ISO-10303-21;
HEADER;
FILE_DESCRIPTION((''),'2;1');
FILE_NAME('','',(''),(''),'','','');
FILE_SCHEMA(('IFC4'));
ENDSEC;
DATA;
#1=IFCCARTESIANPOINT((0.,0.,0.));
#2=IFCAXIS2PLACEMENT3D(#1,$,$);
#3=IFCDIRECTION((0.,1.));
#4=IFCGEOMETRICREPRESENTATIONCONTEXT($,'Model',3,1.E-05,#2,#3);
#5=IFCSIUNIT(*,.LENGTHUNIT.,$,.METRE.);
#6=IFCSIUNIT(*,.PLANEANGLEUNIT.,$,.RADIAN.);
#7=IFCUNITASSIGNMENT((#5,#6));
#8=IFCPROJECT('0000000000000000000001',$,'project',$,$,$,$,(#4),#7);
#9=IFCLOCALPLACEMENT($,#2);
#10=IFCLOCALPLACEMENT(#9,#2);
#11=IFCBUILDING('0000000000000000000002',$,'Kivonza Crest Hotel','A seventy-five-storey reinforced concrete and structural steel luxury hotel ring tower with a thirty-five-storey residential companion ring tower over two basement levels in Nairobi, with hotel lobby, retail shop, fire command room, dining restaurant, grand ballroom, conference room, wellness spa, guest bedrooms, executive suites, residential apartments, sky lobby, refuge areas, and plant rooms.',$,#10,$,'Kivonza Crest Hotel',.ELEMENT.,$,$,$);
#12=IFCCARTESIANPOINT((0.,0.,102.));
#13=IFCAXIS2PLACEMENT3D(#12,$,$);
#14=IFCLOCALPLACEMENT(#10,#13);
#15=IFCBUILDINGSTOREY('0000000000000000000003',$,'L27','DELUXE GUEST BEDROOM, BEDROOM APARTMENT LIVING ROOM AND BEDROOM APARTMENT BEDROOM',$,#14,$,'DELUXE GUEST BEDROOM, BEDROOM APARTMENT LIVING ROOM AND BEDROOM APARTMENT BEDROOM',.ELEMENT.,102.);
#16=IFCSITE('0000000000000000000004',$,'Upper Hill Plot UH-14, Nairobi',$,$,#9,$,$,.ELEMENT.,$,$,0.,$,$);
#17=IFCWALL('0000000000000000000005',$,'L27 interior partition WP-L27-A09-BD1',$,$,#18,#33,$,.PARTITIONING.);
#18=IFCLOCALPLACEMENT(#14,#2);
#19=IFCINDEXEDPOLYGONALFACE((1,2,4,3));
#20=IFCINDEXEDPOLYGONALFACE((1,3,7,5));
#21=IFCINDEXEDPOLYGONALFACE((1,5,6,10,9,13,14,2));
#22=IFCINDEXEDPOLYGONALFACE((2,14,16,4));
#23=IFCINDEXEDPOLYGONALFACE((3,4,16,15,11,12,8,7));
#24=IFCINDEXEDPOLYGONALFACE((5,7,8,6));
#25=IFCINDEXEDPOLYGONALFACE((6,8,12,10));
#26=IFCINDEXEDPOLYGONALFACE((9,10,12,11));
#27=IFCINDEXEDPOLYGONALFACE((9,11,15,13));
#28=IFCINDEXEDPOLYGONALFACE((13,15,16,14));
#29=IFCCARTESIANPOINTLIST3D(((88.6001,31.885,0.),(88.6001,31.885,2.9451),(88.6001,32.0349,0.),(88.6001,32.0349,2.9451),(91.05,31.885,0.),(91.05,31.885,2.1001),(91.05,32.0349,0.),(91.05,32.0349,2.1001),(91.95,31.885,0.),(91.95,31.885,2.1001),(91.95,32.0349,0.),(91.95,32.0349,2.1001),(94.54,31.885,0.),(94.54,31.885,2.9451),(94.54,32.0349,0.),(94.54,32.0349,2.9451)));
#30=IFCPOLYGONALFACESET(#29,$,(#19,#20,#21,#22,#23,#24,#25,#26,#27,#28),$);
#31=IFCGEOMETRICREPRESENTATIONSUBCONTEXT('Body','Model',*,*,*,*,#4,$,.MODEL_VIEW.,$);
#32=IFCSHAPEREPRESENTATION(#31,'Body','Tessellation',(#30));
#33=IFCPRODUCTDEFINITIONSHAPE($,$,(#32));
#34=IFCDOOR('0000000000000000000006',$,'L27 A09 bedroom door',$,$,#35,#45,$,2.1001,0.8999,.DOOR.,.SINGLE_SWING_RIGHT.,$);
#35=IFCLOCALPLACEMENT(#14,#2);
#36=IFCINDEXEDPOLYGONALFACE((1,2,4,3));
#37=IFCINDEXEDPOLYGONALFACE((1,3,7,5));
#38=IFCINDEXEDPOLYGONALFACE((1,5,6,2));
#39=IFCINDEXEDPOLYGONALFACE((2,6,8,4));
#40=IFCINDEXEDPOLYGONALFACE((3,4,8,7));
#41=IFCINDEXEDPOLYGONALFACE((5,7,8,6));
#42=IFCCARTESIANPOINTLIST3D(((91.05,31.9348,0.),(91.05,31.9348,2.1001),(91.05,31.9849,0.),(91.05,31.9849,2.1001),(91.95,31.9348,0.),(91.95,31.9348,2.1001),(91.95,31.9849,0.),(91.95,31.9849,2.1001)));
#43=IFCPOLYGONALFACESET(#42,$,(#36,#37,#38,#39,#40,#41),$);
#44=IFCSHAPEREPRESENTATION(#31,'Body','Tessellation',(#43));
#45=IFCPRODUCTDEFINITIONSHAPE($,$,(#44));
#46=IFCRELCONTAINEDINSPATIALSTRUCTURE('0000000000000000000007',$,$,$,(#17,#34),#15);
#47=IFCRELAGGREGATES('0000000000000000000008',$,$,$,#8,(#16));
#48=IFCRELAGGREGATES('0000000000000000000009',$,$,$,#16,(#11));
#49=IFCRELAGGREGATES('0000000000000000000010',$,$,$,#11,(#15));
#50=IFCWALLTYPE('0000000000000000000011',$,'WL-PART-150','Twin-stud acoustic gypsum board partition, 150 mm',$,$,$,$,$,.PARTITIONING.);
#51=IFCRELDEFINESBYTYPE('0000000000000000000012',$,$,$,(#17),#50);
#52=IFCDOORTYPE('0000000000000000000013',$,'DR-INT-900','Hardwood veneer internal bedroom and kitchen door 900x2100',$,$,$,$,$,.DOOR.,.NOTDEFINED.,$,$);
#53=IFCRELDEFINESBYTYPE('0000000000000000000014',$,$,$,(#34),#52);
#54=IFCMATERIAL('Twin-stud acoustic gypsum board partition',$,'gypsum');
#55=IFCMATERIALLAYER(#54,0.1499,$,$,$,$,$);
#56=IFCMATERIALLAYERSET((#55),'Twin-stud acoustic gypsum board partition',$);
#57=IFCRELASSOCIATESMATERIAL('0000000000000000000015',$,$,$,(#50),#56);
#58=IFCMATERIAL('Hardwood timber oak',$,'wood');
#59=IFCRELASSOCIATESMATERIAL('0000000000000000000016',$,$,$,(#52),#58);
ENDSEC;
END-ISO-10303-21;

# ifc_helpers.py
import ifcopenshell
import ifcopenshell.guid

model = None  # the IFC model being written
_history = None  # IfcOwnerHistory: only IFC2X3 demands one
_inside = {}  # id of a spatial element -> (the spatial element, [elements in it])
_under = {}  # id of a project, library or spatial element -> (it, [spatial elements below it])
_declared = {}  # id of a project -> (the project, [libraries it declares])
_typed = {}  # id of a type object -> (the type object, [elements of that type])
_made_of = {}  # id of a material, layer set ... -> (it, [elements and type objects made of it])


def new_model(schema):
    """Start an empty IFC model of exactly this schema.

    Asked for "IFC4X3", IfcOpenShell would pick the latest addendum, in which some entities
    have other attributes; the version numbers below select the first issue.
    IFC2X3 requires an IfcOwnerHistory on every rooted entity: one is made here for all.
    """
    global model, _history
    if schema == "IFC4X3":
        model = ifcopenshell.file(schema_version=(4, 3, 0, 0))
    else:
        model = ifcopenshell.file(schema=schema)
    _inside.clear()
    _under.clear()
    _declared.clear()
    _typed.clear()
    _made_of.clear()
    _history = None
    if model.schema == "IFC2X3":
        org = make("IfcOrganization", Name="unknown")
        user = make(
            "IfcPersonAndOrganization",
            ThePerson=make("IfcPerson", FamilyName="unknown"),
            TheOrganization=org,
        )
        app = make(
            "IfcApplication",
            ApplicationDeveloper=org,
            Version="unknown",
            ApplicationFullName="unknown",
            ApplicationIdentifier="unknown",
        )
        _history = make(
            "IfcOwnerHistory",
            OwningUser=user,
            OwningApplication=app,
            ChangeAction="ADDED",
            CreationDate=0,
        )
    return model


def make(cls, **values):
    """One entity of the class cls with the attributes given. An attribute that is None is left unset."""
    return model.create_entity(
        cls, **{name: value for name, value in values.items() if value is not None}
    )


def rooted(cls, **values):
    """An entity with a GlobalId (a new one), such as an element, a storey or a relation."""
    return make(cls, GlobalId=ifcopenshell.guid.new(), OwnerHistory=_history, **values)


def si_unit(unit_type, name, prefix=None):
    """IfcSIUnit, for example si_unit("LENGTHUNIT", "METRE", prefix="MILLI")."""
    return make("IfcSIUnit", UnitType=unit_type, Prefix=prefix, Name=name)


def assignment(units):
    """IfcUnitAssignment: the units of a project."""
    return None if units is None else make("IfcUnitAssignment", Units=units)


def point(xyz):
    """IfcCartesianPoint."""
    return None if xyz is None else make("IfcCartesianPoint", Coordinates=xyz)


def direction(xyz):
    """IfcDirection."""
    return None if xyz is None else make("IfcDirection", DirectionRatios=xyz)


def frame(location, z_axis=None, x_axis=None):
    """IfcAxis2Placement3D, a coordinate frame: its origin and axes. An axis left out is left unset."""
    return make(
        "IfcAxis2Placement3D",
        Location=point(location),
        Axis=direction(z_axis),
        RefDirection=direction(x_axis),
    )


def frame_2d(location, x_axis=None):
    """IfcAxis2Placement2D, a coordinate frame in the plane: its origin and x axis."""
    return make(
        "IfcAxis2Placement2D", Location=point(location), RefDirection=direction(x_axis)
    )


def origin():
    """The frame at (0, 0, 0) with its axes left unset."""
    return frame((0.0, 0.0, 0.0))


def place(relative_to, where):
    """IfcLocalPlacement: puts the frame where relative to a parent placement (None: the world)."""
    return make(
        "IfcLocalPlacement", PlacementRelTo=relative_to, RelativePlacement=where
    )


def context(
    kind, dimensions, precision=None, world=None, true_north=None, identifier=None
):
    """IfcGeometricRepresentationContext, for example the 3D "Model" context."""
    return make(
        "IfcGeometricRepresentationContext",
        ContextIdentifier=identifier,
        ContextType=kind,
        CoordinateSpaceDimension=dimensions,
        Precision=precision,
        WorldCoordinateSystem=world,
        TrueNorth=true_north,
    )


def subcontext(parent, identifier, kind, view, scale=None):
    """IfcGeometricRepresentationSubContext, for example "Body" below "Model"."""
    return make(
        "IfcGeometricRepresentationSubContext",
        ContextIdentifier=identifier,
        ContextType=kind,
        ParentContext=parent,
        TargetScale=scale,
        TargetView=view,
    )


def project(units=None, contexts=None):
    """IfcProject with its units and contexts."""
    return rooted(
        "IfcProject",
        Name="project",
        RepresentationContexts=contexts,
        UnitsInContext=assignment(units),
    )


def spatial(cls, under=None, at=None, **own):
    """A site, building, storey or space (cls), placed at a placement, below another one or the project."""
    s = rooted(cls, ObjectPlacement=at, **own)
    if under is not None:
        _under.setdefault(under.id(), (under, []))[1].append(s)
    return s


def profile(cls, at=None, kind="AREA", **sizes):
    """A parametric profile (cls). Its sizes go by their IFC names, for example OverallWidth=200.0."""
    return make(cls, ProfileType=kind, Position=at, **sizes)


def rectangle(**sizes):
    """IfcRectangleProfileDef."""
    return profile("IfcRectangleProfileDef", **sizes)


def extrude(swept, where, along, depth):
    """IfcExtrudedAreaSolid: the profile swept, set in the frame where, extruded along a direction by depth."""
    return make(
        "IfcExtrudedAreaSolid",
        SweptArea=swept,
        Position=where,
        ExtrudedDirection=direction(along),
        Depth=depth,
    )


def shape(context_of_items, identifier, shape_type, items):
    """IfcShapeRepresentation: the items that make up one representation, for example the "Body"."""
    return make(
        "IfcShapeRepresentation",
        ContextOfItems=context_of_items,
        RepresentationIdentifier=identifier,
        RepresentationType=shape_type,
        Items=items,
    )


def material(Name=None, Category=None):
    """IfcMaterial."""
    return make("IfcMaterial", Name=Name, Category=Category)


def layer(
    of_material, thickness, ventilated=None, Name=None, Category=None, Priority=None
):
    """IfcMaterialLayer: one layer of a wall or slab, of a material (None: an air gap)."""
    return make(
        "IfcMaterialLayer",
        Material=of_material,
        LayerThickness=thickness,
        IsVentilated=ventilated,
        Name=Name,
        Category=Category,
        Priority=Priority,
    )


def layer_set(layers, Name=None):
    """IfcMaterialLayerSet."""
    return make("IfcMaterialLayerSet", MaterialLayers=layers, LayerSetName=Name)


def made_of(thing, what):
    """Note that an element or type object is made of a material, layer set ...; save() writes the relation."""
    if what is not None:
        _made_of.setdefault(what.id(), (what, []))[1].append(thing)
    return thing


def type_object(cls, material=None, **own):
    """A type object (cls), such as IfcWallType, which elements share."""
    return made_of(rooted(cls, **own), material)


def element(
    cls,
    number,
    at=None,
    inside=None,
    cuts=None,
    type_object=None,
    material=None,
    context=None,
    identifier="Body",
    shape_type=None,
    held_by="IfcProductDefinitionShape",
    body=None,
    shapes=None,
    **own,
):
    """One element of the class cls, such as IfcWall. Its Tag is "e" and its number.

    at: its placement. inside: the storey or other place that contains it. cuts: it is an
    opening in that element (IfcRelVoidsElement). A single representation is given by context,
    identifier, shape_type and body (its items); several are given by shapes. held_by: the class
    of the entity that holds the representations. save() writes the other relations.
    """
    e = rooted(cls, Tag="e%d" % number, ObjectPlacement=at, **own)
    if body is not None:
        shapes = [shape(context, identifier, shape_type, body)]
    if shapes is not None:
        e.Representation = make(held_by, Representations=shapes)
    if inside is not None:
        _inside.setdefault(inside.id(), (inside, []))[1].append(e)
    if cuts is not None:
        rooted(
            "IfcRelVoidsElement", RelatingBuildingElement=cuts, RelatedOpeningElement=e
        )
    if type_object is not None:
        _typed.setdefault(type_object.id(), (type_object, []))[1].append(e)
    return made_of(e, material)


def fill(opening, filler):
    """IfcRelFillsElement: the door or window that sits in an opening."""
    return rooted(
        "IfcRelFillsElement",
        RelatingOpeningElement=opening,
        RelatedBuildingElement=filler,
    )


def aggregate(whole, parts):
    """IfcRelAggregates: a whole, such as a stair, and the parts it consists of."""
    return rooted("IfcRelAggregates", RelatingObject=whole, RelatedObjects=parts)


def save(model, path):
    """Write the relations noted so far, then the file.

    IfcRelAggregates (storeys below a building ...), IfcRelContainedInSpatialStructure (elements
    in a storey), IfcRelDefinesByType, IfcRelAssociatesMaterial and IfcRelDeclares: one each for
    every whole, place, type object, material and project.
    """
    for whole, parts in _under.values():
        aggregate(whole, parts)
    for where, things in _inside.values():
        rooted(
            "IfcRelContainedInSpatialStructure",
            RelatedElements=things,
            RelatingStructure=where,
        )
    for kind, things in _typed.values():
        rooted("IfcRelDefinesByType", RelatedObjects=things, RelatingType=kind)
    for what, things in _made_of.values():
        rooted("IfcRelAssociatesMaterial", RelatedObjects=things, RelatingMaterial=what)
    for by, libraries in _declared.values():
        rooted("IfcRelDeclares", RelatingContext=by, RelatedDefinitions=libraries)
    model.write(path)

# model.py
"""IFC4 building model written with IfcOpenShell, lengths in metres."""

from ifc_helpers import new_model, si_unit, direction, frame, frame_2d, origin, place, context, subcontext, project, spatial, rectangle, extrude, material, layer, layer_set, type_object, element, fill, save


model = new_model("IFC4")

# Units and contexts
model_context = context("Model", 3, precision=1e-05, world=origin(), true_north=direction((0.0, 1.0)))
body_context = subcontext(model_context, "Body", "Model", "MODEL_VIEW")
ifc_project = project(units=[si_unit("LENGTHUNIT", "METRE"), si_unit("PLANEANGLEUNIT", "RADIAN")], contexts=[model_context])

# Site, building, storey
site_placement = place(None, origin())
site = spatial("IfcSite", under=ifc_project, at=site_placement, Name="Upper Hill Plot UH-14, Nairobi", CompositionType="ELEMENT", RefElevation=0.0)
building_placement = place(site_placement, origin())
building = spatial("IfcBuilding", under=site, at=building_placement, Name="Kivonza Crest Hotel", Description="A seventy-five-storey reinforced concrete and structural steel luxury hotel ring tower with a thirty-five-storey residential companion ring tower over two basement levels in Nairobi, with hotel lobby, retail shop, fire command room, dining restaurant, grand ballroom, conference room, wellness spa, guest bedrooms, executive suites, residential apartments, sky lobby, refuge areas, and plant rooms.", LongName="Kivonza Crest Hotel", CompositionType="ELEMENT")
storey_placement = place(building_placement, frame((0.0, 0.0, 102.0)))
storey = spatial("IfcBuildingStorey", under=building, at=storey_placement, Name="L27", Description="DELUXE GUEST BEDROOM, BEDROOM APARTMENT LIVING ROOM AND BEDROOM APARTMENT BEDROOM", LongName="DELUXE GUEST BEDROOM, BEDROOM APARTMENT LIVING ROOM AND BEDROOM APARTMENT BEDROOM", CompositionType="ELEMENT", Elevation=102.0)

# Shared definitions
ifc_material_1 = material(Name="Hardwood timber oak", Category="wood")

# Shared definitions
ifc_material_2 = material(Name="Twin-stud acoustic gypsum board partition", Category="gypsum")
ifc_layer_1 = layer(ifc_material_2, 0.1499)
ifc_layer_set_1 = layer_set([ifc_layer_1], Name="Twin-stud acoustic gypsum board partition")
wall_type_1 = type_object("IfcWallType", Name="WL-PART-150", Description="Twin-stud acoustic gypsum board partition, 150 mm", PredefinedType="PARTITIONING", material=ifc_layer_set_1)
door_type_1 = type_object("IfcDoorType", Name="DR-INT-900", Description="Hardwood veneer internal bedroom and kitchen door 900x2100", OperationType="NOTDEFINED", PredefinedType="DOOR", material=ifc_material_1)

# Wall, opening, door
wall_1_placement = place(storey_placement, frame((88.6001, 31.96, 0.0), z_axis=(0.0, 0.0, 1.0), x_axis=(1.0, 0.0, 0.0)))
wall_1 = element("IfcWall", 1, at=wall_1_placement, inside=storey, type_object=wall_type_1, Name="L27 interior partition WP-L27-A09-BD1", PredefinedType="PARTITIONING", context=body_context, shape_type="SweptSolid", body=[
    extrude(rectangle(XDim=5.9399, YDim=0.1499, at=frame_2d((2.97, 0.0))), origin(), (0.0, 0.0, 1.0), 2.9451),
])
opening_1_placement = place(wall_1_placement, frame((2.45, 0.0, 0.0)))
opening_1 = element("IfcOpeningElement", 2, at=opening_1_placement, cuts=wall_1, PredefinedType="OPENING", context=body_context, shape_type="SweptSolid", body=[
    extrude(rectangle(XDim=0.8999, YDim=2.1001, at=frame_2d((0.45, 1.05))), frame((0.0, 0.085, 0.0), z_axis=(0.0, -1.0, 0.0), x_axis=(1.0, 0.0, 0.0)), (0.0, 0.0, 1.0), 0.1699),
])
door_1_placement = place(opening_1_placement, origin())
door_1 = element("IfcDoor", 3, at=door_1_placement, inside=storey, type_object=door_type_1, Name="L27 A09 bedroom door", OperationType="SINGLE_SWING_RIGHT", OverallHeight=2.1001, OverallWidth=0.8999, PredefinedType="DOOR", context=body_context, shape_type="SweptSolid", body=[
    extrude(rectangle(XDim=0.8999, YDim=2.1001, at=frame_2d((0.45, 1.05))), frame((0.0, 0.0249, 0.0), z_axis=(0.0, -1.0, 0.0), x_axis=(1.0, 0.0, 0.0)), (0.0, 0.0, 1.0), 0.05),
])
fill(opening_1, door_1)

save(model, "model.ifc")
